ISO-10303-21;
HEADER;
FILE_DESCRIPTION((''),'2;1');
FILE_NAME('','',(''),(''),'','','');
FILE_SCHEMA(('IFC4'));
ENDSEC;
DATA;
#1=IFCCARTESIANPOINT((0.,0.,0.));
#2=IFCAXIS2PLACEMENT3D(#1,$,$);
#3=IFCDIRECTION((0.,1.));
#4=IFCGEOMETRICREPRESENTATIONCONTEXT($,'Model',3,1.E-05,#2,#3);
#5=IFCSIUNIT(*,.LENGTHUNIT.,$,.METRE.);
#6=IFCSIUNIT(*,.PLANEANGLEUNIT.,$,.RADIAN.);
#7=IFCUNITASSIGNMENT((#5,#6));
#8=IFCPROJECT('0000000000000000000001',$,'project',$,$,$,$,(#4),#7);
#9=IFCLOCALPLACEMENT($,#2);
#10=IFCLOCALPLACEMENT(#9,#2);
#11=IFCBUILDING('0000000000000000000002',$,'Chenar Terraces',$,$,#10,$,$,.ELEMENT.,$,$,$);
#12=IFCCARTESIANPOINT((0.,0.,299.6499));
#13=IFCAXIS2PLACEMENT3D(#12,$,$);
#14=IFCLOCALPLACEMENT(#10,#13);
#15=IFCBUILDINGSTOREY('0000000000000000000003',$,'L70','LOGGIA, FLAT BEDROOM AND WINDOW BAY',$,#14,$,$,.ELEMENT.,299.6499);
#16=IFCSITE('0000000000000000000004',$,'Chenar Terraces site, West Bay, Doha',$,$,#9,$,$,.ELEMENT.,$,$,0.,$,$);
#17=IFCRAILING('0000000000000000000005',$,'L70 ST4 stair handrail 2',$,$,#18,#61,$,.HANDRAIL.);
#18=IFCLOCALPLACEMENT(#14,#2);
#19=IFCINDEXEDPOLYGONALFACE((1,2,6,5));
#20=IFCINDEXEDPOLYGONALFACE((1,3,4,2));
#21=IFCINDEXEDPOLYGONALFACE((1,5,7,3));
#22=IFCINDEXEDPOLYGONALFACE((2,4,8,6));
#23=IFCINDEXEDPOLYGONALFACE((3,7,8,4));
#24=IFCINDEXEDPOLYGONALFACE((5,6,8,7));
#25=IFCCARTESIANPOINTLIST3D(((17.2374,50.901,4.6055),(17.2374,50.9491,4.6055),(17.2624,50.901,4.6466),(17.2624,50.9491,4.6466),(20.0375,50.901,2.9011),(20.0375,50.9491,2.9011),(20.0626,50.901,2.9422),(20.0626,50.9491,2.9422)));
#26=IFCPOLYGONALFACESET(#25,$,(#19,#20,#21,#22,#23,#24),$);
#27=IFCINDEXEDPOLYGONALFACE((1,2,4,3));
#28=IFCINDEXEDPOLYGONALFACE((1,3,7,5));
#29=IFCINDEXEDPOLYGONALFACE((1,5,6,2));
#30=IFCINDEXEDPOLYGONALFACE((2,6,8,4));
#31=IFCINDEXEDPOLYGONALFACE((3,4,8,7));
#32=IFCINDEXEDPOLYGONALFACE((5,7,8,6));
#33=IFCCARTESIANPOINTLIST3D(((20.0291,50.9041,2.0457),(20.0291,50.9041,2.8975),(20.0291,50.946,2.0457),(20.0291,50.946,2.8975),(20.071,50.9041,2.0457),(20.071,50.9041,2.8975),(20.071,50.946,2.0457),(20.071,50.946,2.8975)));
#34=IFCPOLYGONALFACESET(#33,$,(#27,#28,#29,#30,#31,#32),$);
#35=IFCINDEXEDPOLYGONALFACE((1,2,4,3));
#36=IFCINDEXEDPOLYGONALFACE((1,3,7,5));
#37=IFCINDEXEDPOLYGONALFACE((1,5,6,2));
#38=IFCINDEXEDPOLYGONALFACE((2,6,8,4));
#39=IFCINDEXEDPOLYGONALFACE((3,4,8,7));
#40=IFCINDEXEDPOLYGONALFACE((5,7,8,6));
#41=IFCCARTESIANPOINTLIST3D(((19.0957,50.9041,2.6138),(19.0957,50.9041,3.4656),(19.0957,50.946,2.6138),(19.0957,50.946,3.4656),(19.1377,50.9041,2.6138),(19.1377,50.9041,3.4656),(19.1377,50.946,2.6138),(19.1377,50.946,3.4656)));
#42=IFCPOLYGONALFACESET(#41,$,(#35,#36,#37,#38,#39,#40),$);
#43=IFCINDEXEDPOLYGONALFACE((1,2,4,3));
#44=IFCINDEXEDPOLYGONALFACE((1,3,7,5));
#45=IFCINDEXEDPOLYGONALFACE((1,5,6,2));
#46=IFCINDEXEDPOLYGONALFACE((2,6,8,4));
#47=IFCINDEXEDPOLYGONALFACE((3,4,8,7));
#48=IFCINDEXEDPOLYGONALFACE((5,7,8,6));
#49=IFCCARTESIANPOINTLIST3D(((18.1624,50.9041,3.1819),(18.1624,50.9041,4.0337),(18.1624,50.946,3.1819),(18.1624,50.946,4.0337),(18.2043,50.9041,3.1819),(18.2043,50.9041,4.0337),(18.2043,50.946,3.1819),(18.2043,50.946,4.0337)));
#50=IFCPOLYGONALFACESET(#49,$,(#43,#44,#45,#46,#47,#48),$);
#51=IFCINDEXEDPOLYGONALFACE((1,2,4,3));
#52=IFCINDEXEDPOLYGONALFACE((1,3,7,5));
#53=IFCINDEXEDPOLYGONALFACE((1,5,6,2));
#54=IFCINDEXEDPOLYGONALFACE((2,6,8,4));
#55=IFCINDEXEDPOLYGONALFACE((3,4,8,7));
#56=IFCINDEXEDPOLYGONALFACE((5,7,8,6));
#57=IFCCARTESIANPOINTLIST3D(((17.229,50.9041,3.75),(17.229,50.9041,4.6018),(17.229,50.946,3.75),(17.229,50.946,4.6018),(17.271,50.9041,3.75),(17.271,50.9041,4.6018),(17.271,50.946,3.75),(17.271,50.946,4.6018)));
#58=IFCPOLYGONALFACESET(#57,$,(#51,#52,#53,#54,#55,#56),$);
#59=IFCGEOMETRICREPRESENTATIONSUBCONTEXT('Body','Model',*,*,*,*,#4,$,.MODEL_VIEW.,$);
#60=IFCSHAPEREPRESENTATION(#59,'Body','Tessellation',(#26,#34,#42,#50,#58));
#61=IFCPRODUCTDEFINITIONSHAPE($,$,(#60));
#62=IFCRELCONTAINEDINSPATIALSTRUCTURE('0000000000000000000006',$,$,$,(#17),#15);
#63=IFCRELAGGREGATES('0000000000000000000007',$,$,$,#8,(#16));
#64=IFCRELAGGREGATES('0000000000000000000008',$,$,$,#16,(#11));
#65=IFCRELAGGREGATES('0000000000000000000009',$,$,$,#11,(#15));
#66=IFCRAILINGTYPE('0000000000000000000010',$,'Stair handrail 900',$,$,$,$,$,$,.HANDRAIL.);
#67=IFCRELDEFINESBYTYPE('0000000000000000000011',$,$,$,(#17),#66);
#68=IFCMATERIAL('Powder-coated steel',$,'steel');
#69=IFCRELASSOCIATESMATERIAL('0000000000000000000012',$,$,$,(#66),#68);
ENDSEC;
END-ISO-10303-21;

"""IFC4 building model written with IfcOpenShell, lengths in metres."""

from ifc_helpers import new_model, si_unit, direction, frame, origin, origin_2d, place, context, subcontext, project, spatial, rectangle, extrude, material, type_object, element, save


model = new_model("IFC4")

# Units and contexts
model_context = context("Model", 3, precision=1e-05, world=origin(), true_north=direction((0.0, 1.0)))
body_context = subcontext(model_context, "Body", "Model", "MODEL_VIEW")
ifc_project = project(units=[si_unit("LENGTHUNIT", "METRE"), si_unit("PLANEANGLEUNIT", "RADIAN")], contexts=[model_context])

# Site, building, storey
site_placement = place(None, origin())
site = spatial("IfcSite", under=ifc_project, at=site_placement, Name="Chenar Terraces site, West Bay, Doha", CompositionType="ELEMENT", RefElevation=0.0)
building_placement = place(site_placement, origin())
building = spatial("IfcBuilding", under=site, at=building_placement, Name="Chenar Terraces", CompositionType="ELEMENT")
storey_placement = place(building_placement, frame((0.0, 0.0, 299.6499)))
storey = spatial("IfcBuildingStorey", under=building, at=storey_placement, Name="L70", Description="LOGGIA, FLAT BEDROOM AND WINDOW BAY", CompositionType="ELEMENT", Elevation=299.6499)

# Railing
ifc_material_1 = material(Name="Powder-coated steel", Category="steel")
railing_type_1 = type_object("IfcRailingType", Name="Stair handrail 900", PredefinedType="HANDRAIL", material=ifc_material_1)
railing_1_placement = place(storey_placement, frame((20.05, 50.925, 2.0457)))
element("IfcRailing", 1, at=railing_1_placement, inside=storey, type_object=railing_type_1, Name="L70 ST4 stair handrail 2", PredefinedType="HANDRAIL", context=body_context, shape_type="SweptSolid", body=[
    extrude(rectangle(XDim=0.0481, YDim=0.0481, at=origin_2d()), frame((0.0, 0.0, 0.876), z_axis=(-0.854203, 0.0, 0.51994), x_axis=(0.0, -1.0, 0.0)), (0.0, 0.0, 1.0), 3.2781),
    extrude(rectangle(XDim=0.042, YDim=0.042, at=origin_2d()), origin(), (0.0, 0.0, 1.0), 0.8518),
    extrude(rectangle(XDim=0.042, YDim=0.042, at=origin_2d()), frame((-0.9333, 0.0, 0.5681)), (0.0, 0.0, 1.0), 0.8518),
    extrude(rectangle(XDim=0.042, YDim=0.042, at=origin_2d()), frame((-1.8667, 0.0, 1.1362)), (0.0, 0.0, 1.0), 0.8518),
    extrude(rectangle(XDim=0.042, YDim=0.042, at=origin_2d()), frame((-2.8, 0.0, 1.7043)), (0.0, 0.0, 1.0), 0.8518),
])

save(model, "model.ifc")
